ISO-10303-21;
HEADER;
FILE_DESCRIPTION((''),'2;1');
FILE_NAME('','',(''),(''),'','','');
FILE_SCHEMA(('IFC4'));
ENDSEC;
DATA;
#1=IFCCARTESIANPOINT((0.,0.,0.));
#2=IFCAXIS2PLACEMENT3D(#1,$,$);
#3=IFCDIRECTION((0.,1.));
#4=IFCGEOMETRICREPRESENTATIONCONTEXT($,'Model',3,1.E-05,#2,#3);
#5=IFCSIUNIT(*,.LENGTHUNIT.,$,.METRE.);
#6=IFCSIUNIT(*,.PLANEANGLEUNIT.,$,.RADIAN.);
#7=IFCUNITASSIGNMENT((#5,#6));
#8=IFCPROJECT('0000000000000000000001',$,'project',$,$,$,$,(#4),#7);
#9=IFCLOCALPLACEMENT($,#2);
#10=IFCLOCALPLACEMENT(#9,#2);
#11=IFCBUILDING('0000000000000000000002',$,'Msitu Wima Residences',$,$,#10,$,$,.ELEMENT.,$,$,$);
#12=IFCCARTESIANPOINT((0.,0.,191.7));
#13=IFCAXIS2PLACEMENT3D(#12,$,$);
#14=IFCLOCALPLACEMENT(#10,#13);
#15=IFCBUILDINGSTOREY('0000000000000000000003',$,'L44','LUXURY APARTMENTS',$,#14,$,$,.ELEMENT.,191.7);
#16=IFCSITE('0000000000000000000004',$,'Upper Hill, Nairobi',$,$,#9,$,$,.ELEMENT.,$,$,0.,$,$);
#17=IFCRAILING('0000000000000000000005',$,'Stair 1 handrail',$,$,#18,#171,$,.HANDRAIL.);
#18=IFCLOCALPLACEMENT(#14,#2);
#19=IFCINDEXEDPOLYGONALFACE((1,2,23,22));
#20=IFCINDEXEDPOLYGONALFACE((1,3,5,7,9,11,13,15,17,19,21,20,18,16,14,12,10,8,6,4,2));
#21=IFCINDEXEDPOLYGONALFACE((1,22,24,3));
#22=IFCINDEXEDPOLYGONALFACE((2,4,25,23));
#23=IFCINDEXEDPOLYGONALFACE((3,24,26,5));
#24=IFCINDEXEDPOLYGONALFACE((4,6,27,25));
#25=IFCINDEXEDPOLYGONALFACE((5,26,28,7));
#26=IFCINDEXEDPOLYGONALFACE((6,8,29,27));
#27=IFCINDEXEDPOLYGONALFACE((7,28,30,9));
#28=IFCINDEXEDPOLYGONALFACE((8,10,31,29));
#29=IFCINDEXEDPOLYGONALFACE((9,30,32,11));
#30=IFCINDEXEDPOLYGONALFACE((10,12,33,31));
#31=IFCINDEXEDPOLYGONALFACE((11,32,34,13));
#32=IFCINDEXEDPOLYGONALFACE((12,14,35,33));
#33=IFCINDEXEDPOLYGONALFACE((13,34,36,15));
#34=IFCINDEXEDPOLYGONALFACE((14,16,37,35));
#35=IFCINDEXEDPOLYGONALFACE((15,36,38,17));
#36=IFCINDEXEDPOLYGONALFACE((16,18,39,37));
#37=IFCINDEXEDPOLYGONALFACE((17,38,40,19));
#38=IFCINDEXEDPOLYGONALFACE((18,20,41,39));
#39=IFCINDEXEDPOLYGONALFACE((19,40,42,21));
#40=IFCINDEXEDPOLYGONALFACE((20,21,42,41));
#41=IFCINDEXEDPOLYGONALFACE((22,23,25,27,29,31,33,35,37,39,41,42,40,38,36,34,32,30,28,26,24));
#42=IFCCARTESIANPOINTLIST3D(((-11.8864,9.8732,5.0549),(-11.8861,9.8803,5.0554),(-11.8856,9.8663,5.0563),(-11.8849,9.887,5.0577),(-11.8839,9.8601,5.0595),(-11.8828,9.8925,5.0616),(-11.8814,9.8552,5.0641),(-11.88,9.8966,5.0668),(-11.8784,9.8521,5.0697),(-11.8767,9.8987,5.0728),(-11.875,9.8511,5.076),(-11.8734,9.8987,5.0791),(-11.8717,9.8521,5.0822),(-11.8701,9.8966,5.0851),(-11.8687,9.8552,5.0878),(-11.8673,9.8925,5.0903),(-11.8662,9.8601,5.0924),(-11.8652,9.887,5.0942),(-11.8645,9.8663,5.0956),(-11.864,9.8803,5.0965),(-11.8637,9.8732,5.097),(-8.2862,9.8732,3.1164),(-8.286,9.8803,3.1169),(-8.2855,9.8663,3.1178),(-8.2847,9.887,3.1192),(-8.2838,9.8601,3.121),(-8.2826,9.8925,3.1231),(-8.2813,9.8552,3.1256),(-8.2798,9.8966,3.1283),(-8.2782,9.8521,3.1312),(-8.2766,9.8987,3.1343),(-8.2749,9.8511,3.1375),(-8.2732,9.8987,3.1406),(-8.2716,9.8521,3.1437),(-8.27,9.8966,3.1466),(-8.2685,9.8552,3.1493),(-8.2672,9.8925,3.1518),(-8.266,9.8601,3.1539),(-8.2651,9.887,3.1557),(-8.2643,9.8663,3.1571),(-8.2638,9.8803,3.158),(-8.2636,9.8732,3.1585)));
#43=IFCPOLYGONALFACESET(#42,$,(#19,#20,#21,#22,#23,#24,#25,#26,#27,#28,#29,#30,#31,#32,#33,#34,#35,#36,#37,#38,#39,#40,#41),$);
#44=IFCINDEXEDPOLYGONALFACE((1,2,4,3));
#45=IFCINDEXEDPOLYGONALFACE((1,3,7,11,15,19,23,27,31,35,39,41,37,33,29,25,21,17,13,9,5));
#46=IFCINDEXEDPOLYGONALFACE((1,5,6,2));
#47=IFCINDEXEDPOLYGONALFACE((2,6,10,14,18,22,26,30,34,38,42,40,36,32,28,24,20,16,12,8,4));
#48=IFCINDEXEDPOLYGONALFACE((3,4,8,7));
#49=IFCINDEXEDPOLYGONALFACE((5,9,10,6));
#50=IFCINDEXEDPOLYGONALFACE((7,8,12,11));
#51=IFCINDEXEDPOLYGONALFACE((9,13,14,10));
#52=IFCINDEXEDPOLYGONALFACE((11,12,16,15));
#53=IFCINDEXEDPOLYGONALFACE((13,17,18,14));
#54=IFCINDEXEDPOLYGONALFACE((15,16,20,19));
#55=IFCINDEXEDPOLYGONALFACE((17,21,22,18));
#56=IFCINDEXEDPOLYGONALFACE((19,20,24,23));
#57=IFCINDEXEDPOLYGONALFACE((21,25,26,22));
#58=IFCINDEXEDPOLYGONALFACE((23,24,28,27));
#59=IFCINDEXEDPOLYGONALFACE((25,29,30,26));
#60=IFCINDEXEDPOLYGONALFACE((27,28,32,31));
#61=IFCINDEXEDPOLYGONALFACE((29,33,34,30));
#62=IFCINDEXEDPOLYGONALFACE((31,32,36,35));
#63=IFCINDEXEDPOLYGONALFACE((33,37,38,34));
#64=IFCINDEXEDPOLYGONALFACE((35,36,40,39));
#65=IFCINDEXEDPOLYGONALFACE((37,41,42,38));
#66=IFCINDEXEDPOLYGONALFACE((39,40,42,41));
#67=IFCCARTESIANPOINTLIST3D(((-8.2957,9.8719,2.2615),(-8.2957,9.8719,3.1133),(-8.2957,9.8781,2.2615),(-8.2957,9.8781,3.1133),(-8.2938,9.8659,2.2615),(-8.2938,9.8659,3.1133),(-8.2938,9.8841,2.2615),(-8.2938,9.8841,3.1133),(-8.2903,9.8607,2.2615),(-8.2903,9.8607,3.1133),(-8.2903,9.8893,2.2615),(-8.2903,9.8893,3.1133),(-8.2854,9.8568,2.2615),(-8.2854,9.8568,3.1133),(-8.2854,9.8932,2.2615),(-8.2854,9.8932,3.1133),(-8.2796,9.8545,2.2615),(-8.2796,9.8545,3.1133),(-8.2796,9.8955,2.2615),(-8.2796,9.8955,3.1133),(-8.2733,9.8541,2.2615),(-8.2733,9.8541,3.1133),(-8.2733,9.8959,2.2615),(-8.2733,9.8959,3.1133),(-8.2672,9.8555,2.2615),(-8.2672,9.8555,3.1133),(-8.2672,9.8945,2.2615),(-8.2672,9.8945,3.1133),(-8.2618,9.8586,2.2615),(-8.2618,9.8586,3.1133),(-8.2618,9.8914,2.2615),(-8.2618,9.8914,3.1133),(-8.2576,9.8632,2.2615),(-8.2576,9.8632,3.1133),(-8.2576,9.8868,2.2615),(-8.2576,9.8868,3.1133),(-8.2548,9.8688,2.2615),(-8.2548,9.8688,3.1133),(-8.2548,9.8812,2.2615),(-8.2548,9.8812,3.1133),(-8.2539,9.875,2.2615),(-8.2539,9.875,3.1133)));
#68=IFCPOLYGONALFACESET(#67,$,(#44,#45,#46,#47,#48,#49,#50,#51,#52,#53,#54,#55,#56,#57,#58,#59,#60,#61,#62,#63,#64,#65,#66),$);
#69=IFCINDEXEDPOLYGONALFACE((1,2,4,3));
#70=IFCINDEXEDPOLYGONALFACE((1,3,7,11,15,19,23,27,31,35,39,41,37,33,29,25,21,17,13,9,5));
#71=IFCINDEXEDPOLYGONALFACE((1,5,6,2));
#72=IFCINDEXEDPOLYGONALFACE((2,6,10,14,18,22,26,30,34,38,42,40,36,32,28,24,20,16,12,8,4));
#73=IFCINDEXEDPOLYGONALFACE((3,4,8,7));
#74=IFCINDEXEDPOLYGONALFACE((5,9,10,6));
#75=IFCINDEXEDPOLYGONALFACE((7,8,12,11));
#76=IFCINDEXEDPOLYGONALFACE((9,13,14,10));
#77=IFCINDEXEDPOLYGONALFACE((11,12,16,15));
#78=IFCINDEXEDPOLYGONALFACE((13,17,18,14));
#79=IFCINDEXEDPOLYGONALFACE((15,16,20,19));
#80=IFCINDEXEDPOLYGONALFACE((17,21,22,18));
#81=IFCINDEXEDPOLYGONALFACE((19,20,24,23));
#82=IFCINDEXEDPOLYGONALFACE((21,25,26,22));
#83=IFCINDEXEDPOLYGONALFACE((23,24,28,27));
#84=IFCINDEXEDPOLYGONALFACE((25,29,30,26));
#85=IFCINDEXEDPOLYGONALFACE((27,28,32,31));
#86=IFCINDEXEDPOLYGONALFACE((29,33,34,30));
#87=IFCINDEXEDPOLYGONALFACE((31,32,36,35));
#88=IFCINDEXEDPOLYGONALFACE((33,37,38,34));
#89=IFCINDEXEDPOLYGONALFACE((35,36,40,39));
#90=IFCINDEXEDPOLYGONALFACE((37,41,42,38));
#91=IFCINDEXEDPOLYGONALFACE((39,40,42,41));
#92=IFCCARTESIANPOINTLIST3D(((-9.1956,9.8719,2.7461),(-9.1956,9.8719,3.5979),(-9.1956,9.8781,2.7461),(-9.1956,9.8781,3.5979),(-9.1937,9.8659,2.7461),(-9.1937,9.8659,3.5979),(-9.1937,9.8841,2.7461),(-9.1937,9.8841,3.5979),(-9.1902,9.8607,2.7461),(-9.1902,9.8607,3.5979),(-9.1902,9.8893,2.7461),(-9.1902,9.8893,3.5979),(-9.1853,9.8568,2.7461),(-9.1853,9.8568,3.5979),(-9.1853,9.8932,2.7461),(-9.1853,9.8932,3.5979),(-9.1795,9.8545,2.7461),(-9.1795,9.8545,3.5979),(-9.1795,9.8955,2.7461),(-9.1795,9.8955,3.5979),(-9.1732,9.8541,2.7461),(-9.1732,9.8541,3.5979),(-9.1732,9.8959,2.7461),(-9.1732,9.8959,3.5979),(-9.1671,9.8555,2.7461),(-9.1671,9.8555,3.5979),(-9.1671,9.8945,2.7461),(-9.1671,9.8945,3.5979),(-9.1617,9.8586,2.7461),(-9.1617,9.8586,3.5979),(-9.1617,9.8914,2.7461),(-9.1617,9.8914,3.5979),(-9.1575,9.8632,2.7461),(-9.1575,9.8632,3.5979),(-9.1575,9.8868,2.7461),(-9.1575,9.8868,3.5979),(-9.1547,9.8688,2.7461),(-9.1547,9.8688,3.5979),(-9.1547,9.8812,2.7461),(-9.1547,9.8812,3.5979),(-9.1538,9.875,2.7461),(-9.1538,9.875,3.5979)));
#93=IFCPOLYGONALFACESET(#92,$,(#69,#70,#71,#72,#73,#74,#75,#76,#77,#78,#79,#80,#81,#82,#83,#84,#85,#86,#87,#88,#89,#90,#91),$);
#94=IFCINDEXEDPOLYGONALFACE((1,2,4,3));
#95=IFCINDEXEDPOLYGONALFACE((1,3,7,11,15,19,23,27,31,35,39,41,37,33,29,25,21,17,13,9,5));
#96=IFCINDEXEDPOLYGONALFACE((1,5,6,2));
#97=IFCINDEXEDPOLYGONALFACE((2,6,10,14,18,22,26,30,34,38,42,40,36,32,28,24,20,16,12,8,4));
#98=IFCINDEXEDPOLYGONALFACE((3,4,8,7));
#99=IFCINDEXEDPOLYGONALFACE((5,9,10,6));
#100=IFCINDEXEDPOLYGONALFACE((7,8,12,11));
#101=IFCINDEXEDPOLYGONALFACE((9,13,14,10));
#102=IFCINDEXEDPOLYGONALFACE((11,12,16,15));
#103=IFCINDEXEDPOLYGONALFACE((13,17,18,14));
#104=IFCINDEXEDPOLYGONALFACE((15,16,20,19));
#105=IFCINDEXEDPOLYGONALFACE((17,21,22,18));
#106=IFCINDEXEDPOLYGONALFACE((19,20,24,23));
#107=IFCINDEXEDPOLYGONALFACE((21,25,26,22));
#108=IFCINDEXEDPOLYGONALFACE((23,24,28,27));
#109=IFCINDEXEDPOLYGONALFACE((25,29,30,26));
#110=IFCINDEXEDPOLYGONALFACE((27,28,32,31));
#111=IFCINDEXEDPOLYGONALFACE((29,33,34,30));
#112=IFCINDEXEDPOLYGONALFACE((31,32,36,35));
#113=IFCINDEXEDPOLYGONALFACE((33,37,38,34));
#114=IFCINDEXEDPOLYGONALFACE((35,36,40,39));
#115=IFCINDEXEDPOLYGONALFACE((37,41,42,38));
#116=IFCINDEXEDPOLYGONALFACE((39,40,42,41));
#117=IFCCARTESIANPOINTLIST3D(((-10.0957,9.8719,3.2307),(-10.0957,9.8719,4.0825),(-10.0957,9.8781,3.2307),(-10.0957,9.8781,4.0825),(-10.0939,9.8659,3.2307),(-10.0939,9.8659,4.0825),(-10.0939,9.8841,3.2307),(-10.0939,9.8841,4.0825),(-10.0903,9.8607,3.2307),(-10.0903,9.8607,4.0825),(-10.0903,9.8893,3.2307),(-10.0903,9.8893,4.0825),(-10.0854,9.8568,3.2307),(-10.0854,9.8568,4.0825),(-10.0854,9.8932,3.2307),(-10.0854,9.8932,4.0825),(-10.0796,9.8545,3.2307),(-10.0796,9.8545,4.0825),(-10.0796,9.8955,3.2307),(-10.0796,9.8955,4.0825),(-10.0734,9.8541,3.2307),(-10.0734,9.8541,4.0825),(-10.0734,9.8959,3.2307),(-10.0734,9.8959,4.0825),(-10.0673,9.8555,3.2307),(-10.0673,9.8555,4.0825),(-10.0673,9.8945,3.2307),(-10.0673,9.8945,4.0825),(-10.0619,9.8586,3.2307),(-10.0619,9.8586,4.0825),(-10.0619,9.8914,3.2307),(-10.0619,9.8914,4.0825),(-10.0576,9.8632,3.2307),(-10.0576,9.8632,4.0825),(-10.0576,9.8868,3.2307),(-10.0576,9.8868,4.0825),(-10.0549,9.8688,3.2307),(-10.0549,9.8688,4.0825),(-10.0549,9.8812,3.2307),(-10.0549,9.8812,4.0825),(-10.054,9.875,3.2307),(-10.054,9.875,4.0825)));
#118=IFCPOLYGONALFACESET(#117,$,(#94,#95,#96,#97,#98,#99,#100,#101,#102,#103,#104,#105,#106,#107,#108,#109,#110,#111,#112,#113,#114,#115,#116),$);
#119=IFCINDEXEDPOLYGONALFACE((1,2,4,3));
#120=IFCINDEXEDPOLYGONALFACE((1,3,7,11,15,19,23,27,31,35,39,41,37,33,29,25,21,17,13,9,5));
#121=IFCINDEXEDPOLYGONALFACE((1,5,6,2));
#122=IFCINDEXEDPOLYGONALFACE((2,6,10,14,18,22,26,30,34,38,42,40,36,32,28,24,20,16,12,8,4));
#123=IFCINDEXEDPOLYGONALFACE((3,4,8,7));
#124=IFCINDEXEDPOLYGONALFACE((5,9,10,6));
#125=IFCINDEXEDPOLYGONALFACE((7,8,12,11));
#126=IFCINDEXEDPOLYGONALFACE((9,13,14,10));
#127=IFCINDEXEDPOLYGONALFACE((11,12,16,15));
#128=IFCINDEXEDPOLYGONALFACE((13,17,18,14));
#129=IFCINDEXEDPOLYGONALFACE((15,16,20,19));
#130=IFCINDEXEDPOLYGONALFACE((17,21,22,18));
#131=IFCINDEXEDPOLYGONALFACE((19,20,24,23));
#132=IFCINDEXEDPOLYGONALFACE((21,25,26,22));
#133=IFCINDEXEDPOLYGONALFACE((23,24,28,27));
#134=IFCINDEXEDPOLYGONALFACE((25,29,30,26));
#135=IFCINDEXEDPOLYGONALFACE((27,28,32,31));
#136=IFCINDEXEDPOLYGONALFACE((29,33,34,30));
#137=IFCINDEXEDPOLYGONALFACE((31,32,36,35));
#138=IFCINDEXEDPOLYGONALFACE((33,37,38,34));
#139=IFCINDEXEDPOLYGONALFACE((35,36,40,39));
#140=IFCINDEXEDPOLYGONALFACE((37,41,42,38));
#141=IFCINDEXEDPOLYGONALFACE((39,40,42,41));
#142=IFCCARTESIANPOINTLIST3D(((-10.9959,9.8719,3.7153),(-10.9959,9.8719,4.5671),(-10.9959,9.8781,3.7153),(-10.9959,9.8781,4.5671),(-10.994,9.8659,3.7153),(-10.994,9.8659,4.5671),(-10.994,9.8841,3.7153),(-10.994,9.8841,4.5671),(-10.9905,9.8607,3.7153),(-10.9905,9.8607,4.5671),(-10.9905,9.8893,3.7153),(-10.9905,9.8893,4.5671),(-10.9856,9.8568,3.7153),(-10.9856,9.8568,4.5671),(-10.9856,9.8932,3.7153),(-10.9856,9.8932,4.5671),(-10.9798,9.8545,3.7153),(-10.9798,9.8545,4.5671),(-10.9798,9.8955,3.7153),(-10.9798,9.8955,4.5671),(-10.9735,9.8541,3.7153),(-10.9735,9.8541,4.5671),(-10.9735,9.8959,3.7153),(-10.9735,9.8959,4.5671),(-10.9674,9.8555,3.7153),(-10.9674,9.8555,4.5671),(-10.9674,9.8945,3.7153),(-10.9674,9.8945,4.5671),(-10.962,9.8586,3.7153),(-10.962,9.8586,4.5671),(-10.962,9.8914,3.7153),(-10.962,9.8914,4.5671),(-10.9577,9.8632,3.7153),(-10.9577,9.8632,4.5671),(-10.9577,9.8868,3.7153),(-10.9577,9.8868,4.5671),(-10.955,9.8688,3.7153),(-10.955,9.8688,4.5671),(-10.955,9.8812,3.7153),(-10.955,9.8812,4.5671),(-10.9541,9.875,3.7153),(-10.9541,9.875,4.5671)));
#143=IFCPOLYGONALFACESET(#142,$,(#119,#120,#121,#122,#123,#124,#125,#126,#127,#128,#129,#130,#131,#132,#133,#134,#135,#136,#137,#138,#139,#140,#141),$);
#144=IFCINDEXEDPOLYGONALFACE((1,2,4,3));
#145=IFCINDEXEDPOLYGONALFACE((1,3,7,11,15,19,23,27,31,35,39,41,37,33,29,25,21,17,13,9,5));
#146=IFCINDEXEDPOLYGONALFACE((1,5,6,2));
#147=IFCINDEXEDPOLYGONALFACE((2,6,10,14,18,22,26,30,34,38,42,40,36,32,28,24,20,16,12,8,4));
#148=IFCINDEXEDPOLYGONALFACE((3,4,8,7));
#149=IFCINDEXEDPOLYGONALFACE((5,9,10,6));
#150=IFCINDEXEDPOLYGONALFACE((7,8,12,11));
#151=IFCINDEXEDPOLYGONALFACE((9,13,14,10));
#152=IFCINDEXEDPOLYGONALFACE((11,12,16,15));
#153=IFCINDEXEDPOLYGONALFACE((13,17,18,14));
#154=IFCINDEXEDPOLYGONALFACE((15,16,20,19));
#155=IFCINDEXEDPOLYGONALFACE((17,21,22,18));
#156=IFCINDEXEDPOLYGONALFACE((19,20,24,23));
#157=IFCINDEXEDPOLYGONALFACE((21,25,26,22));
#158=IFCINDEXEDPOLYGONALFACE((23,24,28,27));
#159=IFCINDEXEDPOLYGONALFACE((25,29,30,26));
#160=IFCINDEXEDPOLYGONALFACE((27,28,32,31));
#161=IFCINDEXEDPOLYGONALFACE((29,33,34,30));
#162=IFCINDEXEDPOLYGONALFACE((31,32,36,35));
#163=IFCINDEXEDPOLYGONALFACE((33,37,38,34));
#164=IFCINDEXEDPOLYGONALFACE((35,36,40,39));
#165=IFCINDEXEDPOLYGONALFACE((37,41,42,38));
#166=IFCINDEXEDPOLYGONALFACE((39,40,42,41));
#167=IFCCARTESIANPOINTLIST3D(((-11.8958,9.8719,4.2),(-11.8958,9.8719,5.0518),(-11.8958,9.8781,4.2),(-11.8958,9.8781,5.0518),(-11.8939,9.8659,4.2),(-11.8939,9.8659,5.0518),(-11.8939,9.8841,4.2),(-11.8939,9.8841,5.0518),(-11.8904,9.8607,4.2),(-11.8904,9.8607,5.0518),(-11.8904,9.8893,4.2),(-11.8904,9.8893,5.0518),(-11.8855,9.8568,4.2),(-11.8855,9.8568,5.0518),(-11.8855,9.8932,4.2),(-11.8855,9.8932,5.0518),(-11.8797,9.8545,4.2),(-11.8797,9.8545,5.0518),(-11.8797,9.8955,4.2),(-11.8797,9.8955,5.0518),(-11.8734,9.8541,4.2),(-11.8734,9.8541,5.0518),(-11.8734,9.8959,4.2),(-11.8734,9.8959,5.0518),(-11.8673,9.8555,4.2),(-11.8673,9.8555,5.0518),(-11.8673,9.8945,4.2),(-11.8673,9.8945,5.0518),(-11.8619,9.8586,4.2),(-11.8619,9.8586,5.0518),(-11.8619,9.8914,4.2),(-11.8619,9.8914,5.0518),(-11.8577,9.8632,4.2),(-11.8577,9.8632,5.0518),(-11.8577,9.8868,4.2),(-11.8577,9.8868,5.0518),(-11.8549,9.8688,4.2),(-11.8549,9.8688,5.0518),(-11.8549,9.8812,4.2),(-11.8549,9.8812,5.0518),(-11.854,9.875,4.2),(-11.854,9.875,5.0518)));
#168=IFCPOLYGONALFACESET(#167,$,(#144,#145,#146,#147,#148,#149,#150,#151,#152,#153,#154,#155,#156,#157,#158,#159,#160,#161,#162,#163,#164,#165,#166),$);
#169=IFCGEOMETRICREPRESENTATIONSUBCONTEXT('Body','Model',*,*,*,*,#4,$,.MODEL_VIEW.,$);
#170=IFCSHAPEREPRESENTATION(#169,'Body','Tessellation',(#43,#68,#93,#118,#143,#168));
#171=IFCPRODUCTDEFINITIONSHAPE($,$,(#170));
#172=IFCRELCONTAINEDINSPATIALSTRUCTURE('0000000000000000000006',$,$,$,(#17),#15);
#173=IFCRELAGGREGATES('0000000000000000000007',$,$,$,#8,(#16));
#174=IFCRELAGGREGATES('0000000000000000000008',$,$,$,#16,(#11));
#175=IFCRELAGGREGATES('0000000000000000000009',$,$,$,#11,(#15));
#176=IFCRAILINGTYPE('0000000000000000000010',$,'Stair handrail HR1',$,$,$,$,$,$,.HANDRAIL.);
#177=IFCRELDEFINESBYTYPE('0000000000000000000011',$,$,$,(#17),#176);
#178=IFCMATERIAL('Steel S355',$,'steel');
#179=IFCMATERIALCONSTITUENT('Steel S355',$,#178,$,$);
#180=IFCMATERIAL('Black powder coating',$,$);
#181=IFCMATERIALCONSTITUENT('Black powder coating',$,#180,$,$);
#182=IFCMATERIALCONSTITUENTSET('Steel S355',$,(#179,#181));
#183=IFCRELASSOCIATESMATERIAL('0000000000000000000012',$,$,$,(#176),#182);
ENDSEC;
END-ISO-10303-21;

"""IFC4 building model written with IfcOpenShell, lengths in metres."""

from ifc_helpers import new_model, si_unit, direction, frame, origin, origin_2d, place, context, subcontext, project, spatial, circle, extrude, material, constituent, constituent_set, type_object, element, save


model = new_model("IFC4")

# Units and contexts
model_context = context("Model", 3, precision=1e-05, world=origin(), true_north=direction((0.0, 1.0)))
body_context = subcontext(model_context, "Body", "Model", "MODEL_VIEW")
ifc_project = project(units=[si_unit("LENGTHUNIT", "METRE"), si_unit("PLANEANGLEUNIT", "RADIAN")], contexts=[model_context])

# Site, building, storey
site_placement = place(None, origin())
site = spatial("IfcSite", under=ifc_project, at=site_placement, Name="Upper Hill, Nairobi", CompositionType="ELEMENT", RefElevation=0.0)
building_placement = place(site_placement, origin())
building = spatial("IfcBuilding", under=site, at=building_placement, Name="Msitu Wima Residences", CompositionType="ELEMENT")
storey_placement = place(building_placement, frame((0.0, 0.0, 191.7)))
storey = spatial("IfcBuildingStorey", under=building, at=storey_placement, Name="L44", Description="LUXURY APARTMENTS", CompositionType="ELEMENT", Elevation=191.7)

# Railing
ifc_material_1 = material(Name="Steel S355", Category="steel")
ifc_constituent_1 = constituent(ifc_material_1, Name="Steel S355")
ifc_material_2 = material(Name="Black powder coating")
ifc_constituent_2 = constituent(ifc_material_2, Name="Black powder coating")
ifc_constituent_set = constituent_set(constituents=[ifc_constituent_1, ifc_constituent_2], Name="Steel S355")
railing_type = type_object("IfcRailingType", Name="Stair handrail HR1", PredefinedType="HANDRAIL", material=ifc_constituent_set)
for number, where, name in (
    (1, (-8.2749, 9.875, 2.2615), "Stair 1 handrail"),
):
    element("IfcRailing", number, at=place(storey_placement, frame(where)), inside=storey, type_object=railing_type, Name=name, PredefinedType="HANDRAIL", context=body_context, shape_type="SweptSolid", body=[
        extrude(circle(Radius=0.0239, at=origin_2d()), frame((0.0, 0.0, 0.876), z_axis=(-0.880475, 0.0, 0.474093), x_axis=(0.0, -1.0, 0.0)), (0.0, 0.0, 1.0), 4.0889),
        extrude(circle(Radius=0.021, at=origin_2d()), origin(), (0.0, 0.0, 1.0), 0.8518),
        extrude(circle(Radius=0.021, at=origin_2d()), frame((-0.8999, 0.0, 0.4846)), (0.0, 0.0, 1.0), 0.8518),
        extrude(circle(Radius=0.021, at=origin_2d()), frame((-1.8, 0.0, 0.9692)), (0.0, 0.0, 1.0), 0.8518),
        extrude(circle(Radius=0.021, at=origin_2d()), frame((-2.7002, 0.0, 1.4539)), (0.0, 0.0, 1.0), 0.8518),
        extrude(circle(Radius=0.021, at=origin_2d()), frame((-3.6001, 0.0, 1.9385)), (0.0, 0.0, 1.0), 0.8518),
    ])

save(model, "model.ifc")
